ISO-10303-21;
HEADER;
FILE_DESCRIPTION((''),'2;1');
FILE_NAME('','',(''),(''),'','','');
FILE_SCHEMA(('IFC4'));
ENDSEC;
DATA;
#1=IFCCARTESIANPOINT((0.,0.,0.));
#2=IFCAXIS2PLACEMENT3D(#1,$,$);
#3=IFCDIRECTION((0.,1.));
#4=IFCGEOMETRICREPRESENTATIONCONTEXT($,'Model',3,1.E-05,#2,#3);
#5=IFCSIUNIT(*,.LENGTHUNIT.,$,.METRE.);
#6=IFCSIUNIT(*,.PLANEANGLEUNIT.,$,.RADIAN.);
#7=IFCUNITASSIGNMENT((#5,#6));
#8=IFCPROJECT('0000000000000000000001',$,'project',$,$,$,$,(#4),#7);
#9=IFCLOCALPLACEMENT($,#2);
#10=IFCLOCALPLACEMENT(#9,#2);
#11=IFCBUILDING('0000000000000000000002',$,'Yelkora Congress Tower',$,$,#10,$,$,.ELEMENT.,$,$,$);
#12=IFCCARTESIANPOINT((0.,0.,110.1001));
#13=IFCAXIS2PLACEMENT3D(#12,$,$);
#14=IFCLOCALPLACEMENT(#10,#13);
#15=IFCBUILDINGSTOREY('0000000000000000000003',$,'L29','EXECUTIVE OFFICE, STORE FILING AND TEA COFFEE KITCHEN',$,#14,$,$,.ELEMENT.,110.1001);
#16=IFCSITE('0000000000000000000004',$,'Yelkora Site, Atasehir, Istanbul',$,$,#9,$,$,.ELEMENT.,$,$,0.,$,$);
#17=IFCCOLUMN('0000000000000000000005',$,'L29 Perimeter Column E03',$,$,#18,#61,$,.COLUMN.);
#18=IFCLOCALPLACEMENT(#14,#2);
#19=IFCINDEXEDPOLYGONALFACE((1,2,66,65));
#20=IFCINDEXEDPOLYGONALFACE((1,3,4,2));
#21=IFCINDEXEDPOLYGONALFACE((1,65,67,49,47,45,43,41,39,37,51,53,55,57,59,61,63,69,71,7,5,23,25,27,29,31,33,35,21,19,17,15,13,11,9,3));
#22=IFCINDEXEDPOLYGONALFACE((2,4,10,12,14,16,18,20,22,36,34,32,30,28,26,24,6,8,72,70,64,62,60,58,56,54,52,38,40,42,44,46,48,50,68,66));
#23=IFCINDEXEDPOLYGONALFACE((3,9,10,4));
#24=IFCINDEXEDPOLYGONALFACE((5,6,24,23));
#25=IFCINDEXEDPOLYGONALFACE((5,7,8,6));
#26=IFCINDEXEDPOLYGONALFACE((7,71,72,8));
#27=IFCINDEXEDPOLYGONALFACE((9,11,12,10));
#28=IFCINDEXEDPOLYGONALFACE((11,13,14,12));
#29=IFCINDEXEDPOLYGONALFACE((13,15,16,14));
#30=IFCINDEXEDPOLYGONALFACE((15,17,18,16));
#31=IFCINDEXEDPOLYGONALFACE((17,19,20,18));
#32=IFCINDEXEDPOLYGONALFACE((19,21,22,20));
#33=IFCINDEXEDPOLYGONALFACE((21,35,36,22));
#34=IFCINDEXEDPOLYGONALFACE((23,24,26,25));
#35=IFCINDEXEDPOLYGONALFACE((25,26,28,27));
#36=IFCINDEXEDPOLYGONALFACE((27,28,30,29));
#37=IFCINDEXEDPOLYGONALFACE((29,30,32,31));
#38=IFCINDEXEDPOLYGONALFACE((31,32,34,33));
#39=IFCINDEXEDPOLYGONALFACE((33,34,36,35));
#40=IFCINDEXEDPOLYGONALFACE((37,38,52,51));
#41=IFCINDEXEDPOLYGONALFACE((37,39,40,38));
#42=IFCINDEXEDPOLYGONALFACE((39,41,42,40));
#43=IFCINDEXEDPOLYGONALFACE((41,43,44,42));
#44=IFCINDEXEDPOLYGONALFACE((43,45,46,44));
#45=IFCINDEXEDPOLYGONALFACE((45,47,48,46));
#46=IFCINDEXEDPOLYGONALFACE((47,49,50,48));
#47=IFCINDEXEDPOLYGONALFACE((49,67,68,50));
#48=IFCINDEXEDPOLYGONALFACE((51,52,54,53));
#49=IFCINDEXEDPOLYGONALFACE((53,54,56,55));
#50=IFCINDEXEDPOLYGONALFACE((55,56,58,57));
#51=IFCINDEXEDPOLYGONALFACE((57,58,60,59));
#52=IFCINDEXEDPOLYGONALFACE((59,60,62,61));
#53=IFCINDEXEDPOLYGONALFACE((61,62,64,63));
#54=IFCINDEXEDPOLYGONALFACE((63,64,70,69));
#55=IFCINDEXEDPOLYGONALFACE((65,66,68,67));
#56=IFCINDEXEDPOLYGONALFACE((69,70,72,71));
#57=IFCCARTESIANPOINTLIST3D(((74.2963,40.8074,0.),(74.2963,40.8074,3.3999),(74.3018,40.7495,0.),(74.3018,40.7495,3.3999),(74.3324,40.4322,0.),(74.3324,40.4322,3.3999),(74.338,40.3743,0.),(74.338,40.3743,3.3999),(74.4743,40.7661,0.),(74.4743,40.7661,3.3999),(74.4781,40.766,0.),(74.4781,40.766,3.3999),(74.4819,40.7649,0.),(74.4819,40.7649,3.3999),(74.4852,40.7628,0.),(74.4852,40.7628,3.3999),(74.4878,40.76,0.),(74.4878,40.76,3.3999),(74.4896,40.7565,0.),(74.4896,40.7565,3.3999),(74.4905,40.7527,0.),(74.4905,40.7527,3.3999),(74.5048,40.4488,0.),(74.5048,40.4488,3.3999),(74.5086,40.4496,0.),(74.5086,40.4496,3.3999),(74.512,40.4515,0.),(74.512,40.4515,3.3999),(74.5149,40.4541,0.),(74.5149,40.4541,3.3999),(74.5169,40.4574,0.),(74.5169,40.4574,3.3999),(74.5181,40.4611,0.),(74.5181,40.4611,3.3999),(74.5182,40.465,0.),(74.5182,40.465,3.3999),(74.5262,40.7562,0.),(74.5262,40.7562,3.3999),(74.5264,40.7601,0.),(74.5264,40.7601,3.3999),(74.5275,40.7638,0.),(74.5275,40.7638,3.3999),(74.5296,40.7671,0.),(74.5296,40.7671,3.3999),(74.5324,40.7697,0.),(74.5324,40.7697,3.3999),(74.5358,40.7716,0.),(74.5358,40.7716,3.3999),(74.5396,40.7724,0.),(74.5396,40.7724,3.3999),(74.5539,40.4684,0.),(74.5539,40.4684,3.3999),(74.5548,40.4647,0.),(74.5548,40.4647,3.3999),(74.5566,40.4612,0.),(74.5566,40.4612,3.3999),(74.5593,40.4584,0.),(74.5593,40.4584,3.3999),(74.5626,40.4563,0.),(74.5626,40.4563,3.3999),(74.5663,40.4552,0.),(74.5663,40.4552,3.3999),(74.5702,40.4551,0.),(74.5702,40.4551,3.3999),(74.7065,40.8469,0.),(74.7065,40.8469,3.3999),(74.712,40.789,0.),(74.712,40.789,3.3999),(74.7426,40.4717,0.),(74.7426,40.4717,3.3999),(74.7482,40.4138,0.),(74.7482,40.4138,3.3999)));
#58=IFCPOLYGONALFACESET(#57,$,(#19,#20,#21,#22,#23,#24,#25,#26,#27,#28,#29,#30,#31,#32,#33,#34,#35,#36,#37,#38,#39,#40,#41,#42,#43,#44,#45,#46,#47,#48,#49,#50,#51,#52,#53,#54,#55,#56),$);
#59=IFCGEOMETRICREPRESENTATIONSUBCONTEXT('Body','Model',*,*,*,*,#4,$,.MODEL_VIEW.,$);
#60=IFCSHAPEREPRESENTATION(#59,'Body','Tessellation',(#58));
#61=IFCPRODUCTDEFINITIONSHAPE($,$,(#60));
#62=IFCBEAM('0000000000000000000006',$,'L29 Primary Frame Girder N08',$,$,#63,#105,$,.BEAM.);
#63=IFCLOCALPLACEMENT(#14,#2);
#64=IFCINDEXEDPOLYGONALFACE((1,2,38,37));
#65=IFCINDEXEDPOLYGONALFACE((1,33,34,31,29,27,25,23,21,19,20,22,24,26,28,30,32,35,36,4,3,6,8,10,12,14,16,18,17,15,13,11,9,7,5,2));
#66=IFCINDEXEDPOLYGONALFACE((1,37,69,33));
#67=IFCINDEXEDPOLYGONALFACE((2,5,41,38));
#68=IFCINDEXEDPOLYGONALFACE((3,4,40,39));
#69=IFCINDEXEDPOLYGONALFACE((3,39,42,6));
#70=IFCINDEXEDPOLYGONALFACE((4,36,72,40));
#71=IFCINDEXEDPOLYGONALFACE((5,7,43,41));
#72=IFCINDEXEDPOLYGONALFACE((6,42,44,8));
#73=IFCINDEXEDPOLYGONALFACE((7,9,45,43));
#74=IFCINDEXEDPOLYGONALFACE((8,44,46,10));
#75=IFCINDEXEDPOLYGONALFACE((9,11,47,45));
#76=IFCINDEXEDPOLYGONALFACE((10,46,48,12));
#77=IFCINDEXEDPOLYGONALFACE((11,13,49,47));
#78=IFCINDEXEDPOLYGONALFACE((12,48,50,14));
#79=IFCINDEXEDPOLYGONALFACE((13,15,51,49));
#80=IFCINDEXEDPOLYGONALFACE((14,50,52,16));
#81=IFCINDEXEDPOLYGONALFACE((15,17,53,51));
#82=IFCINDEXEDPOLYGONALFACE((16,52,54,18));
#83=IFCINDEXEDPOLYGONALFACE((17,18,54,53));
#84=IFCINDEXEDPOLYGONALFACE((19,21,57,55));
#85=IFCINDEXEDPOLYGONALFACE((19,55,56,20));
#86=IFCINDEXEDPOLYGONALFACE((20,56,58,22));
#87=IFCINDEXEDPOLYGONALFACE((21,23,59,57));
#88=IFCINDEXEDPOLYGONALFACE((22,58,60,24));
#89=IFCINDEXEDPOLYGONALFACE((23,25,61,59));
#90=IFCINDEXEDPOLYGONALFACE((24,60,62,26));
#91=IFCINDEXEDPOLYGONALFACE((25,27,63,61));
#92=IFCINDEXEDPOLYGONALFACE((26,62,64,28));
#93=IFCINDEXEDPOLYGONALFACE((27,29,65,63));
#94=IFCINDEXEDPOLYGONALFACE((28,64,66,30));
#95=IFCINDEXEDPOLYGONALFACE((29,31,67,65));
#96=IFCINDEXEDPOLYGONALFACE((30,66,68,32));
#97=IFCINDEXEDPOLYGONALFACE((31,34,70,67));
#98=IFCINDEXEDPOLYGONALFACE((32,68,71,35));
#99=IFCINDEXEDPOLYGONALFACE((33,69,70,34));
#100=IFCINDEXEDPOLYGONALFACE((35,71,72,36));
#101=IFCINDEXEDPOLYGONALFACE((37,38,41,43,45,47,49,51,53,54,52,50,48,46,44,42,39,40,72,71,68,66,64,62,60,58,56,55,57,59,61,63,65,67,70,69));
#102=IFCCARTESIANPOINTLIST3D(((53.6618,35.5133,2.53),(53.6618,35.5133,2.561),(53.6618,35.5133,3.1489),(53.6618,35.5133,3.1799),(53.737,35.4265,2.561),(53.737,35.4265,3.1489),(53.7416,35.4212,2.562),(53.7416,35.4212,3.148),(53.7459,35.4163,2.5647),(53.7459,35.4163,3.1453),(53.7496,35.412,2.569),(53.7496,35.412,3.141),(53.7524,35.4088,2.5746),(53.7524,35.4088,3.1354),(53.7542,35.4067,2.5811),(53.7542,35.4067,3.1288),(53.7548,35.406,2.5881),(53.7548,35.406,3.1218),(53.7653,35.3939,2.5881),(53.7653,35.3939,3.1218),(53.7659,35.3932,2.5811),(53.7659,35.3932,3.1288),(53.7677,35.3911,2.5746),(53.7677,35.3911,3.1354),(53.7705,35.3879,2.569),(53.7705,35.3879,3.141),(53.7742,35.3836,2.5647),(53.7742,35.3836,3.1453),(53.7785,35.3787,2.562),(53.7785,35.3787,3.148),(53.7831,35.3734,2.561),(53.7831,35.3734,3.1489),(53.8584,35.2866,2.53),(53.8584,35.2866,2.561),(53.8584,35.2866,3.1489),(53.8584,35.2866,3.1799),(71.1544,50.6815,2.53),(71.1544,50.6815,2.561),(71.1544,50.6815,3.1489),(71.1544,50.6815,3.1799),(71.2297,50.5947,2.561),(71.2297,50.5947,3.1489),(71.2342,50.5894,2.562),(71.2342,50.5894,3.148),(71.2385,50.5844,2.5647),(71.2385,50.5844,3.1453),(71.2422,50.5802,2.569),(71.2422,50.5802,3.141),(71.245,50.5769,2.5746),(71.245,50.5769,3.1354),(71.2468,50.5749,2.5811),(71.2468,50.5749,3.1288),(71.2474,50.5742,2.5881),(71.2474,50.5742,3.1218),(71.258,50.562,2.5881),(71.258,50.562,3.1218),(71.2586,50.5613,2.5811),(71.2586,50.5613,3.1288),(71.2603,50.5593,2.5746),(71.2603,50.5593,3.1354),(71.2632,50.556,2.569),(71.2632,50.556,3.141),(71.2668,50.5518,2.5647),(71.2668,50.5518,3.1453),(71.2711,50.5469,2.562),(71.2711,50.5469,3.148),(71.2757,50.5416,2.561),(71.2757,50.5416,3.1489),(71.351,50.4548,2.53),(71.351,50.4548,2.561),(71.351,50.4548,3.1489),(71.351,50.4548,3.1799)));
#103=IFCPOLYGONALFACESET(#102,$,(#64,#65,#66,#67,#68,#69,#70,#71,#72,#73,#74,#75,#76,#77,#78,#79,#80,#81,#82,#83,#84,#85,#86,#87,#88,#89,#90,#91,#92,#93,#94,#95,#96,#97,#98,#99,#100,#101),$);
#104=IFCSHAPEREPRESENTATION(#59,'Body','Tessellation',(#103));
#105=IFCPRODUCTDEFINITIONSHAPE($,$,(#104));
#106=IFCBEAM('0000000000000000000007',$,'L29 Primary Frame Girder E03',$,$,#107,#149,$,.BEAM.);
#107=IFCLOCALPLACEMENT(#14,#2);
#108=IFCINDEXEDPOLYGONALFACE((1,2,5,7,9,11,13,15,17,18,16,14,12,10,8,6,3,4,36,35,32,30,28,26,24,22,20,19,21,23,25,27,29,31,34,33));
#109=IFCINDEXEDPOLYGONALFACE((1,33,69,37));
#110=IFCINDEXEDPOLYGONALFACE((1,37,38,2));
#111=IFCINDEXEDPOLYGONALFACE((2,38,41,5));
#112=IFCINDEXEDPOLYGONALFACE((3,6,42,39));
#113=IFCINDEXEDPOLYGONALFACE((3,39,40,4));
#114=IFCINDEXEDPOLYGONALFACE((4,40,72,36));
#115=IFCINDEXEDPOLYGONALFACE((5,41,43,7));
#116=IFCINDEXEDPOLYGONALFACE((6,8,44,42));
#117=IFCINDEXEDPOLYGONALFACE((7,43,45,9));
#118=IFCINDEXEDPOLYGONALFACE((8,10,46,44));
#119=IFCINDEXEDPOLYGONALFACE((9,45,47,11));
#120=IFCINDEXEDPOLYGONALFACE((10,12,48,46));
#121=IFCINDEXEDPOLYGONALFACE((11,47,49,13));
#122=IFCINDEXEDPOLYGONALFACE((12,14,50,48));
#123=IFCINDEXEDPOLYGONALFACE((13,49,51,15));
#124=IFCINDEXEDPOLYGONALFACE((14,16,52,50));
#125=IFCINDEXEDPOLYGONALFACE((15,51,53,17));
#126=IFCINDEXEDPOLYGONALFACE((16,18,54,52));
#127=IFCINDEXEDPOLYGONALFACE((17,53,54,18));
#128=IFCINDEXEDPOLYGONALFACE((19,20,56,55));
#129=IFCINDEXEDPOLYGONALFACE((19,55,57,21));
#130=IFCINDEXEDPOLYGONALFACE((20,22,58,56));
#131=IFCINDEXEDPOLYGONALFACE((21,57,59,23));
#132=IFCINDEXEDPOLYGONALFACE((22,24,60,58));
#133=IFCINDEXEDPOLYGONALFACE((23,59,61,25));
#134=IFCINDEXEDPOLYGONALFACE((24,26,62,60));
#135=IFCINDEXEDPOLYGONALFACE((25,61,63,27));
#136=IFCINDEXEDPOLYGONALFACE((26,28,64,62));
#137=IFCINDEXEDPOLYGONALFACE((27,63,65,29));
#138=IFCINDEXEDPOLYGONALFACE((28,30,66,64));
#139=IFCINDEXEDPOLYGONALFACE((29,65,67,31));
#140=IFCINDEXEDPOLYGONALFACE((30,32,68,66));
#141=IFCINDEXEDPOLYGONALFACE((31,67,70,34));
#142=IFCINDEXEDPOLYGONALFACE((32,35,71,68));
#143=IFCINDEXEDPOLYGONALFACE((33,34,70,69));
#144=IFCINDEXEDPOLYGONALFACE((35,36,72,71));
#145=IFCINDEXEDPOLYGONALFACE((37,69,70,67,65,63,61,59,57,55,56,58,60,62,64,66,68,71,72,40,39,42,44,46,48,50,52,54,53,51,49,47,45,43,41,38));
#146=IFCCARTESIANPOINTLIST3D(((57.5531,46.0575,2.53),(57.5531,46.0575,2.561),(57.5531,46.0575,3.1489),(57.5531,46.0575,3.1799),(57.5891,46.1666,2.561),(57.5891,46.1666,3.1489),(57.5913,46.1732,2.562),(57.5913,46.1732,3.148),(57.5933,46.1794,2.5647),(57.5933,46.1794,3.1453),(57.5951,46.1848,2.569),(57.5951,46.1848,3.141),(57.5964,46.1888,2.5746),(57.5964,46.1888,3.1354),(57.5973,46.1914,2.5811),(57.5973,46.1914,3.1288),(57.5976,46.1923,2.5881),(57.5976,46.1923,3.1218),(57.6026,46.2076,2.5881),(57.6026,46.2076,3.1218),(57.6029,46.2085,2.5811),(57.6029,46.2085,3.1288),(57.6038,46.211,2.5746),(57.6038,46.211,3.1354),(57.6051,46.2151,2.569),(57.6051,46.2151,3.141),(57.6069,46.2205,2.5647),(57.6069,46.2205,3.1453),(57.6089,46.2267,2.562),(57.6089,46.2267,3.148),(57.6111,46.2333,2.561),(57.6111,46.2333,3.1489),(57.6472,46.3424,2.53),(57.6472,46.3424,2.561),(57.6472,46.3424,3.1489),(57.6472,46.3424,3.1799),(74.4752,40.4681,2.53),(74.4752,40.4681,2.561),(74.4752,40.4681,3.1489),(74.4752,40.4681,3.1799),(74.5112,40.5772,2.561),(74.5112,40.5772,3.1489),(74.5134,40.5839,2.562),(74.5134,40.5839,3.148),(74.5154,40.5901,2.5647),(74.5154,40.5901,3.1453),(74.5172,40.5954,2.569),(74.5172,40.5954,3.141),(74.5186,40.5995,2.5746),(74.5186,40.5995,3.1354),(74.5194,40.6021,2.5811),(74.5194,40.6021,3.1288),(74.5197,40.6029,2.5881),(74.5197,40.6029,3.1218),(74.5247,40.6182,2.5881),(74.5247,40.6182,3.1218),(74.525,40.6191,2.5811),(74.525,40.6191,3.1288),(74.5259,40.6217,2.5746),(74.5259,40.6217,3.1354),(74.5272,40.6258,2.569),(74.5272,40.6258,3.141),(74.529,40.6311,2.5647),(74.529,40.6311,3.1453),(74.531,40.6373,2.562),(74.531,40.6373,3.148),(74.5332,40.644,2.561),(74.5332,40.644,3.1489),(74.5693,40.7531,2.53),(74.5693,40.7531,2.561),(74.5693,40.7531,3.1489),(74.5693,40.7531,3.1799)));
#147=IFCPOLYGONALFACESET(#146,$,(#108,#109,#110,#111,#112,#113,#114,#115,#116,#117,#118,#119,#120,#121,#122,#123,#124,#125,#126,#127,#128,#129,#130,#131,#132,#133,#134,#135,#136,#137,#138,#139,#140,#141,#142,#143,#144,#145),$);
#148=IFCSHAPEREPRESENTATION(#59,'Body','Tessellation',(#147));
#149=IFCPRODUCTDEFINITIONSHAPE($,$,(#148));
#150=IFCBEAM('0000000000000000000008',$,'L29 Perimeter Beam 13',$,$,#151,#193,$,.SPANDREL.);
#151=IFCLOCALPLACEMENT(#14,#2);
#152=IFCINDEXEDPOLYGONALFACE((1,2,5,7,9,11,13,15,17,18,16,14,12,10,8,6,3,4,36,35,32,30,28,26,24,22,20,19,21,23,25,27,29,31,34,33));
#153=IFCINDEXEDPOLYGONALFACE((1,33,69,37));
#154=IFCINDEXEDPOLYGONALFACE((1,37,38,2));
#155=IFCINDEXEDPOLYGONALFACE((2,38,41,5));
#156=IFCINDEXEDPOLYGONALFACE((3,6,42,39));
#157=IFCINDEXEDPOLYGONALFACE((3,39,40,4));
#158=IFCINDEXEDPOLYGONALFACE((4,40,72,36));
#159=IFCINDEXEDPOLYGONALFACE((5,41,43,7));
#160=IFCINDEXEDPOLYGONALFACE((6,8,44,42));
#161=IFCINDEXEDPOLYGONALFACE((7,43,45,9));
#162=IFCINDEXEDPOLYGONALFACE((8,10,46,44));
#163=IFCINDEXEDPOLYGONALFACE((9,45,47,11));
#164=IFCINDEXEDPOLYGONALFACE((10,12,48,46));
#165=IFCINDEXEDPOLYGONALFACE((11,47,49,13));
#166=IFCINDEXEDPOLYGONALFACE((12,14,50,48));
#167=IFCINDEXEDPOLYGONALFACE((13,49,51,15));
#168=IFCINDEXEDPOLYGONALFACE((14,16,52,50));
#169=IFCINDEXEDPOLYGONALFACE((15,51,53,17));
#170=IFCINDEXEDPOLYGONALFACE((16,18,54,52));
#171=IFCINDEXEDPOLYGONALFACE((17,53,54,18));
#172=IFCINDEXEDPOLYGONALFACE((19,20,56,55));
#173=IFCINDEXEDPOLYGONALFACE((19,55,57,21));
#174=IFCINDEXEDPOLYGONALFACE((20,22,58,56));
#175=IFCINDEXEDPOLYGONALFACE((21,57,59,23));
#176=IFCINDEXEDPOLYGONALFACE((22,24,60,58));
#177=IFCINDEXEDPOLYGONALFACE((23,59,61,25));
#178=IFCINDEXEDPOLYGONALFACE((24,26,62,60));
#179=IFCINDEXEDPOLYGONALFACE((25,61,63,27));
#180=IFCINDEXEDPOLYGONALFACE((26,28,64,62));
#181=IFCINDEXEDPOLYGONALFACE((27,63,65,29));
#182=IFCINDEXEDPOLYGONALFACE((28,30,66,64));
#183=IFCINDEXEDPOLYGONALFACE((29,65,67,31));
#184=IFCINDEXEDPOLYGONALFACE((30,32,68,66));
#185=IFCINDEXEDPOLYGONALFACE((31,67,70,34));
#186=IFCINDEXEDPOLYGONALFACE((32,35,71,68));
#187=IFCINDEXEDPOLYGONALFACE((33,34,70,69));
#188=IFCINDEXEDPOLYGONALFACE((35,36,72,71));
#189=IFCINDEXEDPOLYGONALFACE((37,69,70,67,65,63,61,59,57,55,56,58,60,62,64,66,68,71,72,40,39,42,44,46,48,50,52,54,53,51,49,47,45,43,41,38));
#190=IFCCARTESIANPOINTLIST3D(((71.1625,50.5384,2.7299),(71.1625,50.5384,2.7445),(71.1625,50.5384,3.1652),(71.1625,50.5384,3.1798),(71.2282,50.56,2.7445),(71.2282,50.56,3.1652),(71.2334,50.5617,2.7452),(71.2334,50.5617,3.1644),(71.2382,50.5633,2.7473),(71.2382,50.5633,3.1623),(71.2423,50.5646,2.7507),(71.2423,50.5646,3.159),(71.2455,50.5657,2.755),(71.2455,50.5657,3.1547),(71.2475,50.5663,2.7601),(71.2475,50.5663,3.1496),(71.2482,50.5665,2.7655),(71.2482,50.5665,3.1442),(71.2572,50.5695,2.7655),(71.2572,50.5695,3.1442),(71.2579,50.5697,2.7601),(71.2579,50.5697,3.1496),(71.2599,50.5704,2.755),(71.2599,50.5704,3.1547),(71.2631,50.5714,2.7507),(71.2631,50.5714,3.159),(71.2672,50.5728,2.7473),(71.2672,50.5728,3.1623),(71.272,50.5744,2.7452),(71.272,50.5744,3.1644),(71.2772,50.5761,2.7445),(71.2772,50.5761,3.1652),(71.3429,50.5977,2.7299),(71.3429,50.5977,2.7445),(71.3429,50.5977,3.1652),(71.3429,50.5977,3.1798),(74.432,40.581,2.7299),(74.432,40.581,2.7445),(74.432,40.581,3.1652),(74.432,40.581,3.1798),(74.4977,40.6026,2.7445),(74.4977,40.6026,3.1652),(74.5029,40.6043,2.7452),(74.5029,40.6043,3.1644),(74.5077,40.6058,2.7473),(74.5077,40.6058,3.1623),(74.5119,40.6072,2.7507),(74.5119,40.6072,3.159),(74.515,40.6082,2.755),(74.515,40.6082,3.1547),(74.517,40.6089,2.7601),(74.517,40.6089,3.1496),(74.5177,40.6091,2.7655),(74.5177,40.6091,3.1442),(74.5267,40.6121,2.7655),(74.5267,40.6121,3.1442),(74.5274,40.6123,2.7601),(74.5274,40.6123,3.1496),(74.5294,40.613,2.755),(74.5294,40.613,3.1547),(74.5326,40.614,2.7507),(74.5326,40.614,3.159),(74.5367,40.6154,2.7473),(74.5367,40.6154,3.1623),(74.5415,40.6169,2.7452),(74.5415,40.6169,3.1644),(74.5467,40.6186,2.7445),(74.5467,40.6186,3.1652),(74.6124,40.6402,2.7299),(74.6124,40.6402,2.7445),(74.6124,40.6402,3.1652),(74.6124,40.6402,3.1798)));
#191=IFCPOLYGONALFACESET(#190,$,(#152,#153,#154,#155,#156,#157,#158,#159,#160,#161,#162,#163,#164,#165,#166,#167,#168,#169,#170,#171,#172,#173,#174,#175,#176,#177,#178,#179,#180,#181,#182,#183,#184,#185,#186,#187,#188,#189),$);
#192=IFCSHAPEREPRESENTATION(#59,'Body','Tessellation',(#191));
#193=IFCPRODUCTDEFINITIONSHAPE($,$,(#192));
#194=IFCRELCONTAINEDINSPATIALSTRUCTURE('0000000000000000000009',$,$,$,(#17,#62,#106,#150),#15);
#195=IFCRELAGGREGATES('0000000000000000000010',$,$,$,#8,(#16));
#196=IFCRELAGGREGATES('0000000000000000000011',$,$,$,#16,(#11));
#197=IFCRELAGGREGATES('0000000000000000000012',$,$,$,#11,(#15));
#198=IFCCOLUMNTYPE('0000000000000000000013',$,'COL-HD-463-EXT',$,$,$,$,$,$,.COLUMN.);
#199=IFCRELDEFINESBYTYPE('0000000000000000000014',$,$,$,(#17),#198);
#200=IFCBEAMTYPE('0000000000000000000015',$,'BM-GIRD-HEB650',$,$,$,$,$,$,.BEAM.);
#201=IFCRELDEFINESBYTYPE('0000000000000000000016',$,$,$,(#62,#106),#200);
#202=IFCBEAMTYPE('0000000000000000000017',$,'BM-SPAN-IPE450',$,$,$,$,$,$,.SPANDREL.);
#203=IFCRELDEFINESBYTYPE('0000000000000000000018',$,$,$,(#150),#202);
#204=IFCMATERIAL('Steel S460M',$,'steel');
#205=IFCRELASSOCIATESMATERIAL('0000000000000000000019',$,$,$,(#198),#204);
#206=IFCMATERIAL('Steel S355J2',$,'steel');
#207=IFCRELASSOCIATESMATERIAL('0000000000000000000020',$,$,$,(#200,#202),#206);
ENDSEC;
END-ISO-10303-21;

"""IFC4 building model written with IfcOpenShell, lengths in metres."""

from ifc_helpers import new_model, si_unit, direction, frame, origin, origin_2d, place, context, subcontext, project, spatial, i_section, extrude, material, material_profile, profile_set, type_object, element, save


model = new_model("IFC4")

# Units and contexts
model_context = context("Model", 3, precision=1e-05, world=origin(), true_north=direction((0.0, 1.0)))
body_context = subcontext(model_context, "Body", "Model", "MODEL_VIEW")
ifc_project = project(units=[si_unit("LENGTHUNIT", "METRE"), si_unit("PLANEANGLEUNIT", "RADIAN")], contexts=[model_context])

# Site, building, storey
site_placement = place(None, origin())
site = spatial("IfcSite", under=ifc_project, at=site_placement, Name="Yelkora Site, Atasehir, Istanbul", CompositionType="ELEMENT", RefElevation=0.0)
building_placement = place(site_placement, origin())
building = spatial("IfcBuilding", under=site, at=building_placement, Name="Yelkora Congress Tower", CompositionType="ELEMENT")
storey_placement = place(building_placement, frame((0.0, 0.0, 110.1001)))
storey = spatial("IfcBuildingStorey", under=building, at=storey_placement, Name="L29", Description="EXECUTIVE OFFICE, STORE FILING AND TEA COFFEE KITCHEN", CompositionType="ELEMENT", Elevation=110.1001)

# Column
ifc_material_1 = material(Name="Steel S460M", Category="steel")
ifc_material_profile_1 = material_profile(ifc_material_1, i_section(OverallWidth=0.4121, OverallDepth=0.4351, WebThickness=0.0359, FlangeThickness=0.0581, FilletRadius=0.0149, at=origin_2d()), Name="HD 400x463")
ifc_profile_set_1 = profile_set([ifc_material_profile_1], Name="Steel S460M")
column_type = type_object("IfcColumnType", Name="COL-HD-463-EXT", PredefinedType="COLUMN", material=ifc_profile_set_1)
column_placement = place(storey_placement, frame((74.5222, 40.6106, 0.0), z_axis=(0.0, 0.0, 1.0), x_axis=(0.995396, 0.095846, 0.0)))
element("IfcColumn", 1, at=column_placement, inside=storey, type_object=column_type, Name="L29 Perimeter Column E03", PredefinedType="COLUMN", context=body_context, shape_type="SweptSolid", body=[
    extrude(i_section(OverallWidth=0.4121, OverallDepth=0.4351, WebThickness=0.0359, FlangeThickness=0.0581, FilletRadius=0.0149, at=origin_2d()), origin(), (0.0, 0.0, 1.0), 3.3999),
])

# Beams
ifc_material_2 = material(Name="Steel S355J2", Category="steel")
ifc_material_profile_2 = material_profile(ifc_material_2, i_section(OverallWidth=0.3, OverallDepth=0.6499, WebThickness=0.0161, FlangeThickness=0.031, FilletRadius=0.0271, at=origin_2d()), Name="HEB 650")
ifc_profile_set_2 = profile_set([ifc_material_profile_2], Name="Steel S355J2")
beam_type_1 = type_object("IfcBeamType", Name="BM-GIRD-HEB650", PredefinedType="BEAM", material=ifc_profile_set_2)
beam_1_placement = place(storey_placement, frame((71.2527, 50.5681, 2.855), z_axis=(-0.75552, -0.655125, 0.0), x_axis=(0.655125, -0.75552, 0.0)))
element("IfcBeam", 2, at=beam_1_placement, inside=storey, type_object=beam_type_1, Name="L29 Primary Frame Girder N08", PredefinedType="BEAM", context=body_context, shape_type="SweptSolid", body=[
    extrude(i_section(OverallWidth=0.3, OverallDepth=0.6499, WebThickness=0.0161, FlangeThickness=0.031, FilletRadius=0.0271, at=origin_2d()), origin(), (0.0, 0.0, 1.0), 23.1531),
])
beam_2_placement = place(storey_placement, frame((74.5222, 40.6106, 2.855), z_axis=(-0.949544, 0.313633, 0.0), x_axis=(-0.313633, -0.949544, 0.0)))
element("IfcBeam", 3, at=beam_2_placement, inside=storey, type_object=beam_type_1, Name="L29 Primary Frame Girder E03", PredefinedType="BEAM", context=body_context, shape_type="SweptSolid", body=[
    extrude(i_section(OverallWidth=0.3, OverallDepth=0.6499, WebThickness=0.0161, FlangeThickness=0.031, FilletRadius=0.0271, at=origin_2d()), origin(), (0.0, 0.0, 1.0), 17.8213),
])
ifc_material_profile_3 = material_profile(ifc_material_2, i_section(OverallWidth=0.1899, OverallDepth=0.45, WebThickness=0.0095, FlangeThickness=0.0146, FilletRadius=0.021, at=origin_2d()), Name="IPE 450")
ifc_profile_set_3 = profile_set([ifc_material_profile_3], Name="Steel S355J2")
beam_type_2 = type_object("IfcBeamType", Name="BM-SPAN-IPE450", PredefinedType="SPANDREL", material=ifc_profile_set_3)
beam_3_placement = place(storey_placement, frame((74.5222, 40.6106, 2.9548), z_axis=(-0.311962, 0.950095, 0.0), x_axis=(-0.950095, -0.311962, 0.0)))
element("IfcBeam", 4, at=beam_3_placement, inside=storey, type_object=beam_type_2, Name="L29 Perimeter Beam 13", PredefinedType="SPANDREL", context=body_context, shape_type="SweptSolid", body=[
    extrude(i_section(OverallWidth=0.1899, OverallDepth=0.45, WebThickness=0.0095, FlangeThickness=0.0146, FilletRadius=0.021, at=origin_2d()), origin(), (0.0, 0.0, 1.0), 10.4805),
])

save(model, "model.ifc")
